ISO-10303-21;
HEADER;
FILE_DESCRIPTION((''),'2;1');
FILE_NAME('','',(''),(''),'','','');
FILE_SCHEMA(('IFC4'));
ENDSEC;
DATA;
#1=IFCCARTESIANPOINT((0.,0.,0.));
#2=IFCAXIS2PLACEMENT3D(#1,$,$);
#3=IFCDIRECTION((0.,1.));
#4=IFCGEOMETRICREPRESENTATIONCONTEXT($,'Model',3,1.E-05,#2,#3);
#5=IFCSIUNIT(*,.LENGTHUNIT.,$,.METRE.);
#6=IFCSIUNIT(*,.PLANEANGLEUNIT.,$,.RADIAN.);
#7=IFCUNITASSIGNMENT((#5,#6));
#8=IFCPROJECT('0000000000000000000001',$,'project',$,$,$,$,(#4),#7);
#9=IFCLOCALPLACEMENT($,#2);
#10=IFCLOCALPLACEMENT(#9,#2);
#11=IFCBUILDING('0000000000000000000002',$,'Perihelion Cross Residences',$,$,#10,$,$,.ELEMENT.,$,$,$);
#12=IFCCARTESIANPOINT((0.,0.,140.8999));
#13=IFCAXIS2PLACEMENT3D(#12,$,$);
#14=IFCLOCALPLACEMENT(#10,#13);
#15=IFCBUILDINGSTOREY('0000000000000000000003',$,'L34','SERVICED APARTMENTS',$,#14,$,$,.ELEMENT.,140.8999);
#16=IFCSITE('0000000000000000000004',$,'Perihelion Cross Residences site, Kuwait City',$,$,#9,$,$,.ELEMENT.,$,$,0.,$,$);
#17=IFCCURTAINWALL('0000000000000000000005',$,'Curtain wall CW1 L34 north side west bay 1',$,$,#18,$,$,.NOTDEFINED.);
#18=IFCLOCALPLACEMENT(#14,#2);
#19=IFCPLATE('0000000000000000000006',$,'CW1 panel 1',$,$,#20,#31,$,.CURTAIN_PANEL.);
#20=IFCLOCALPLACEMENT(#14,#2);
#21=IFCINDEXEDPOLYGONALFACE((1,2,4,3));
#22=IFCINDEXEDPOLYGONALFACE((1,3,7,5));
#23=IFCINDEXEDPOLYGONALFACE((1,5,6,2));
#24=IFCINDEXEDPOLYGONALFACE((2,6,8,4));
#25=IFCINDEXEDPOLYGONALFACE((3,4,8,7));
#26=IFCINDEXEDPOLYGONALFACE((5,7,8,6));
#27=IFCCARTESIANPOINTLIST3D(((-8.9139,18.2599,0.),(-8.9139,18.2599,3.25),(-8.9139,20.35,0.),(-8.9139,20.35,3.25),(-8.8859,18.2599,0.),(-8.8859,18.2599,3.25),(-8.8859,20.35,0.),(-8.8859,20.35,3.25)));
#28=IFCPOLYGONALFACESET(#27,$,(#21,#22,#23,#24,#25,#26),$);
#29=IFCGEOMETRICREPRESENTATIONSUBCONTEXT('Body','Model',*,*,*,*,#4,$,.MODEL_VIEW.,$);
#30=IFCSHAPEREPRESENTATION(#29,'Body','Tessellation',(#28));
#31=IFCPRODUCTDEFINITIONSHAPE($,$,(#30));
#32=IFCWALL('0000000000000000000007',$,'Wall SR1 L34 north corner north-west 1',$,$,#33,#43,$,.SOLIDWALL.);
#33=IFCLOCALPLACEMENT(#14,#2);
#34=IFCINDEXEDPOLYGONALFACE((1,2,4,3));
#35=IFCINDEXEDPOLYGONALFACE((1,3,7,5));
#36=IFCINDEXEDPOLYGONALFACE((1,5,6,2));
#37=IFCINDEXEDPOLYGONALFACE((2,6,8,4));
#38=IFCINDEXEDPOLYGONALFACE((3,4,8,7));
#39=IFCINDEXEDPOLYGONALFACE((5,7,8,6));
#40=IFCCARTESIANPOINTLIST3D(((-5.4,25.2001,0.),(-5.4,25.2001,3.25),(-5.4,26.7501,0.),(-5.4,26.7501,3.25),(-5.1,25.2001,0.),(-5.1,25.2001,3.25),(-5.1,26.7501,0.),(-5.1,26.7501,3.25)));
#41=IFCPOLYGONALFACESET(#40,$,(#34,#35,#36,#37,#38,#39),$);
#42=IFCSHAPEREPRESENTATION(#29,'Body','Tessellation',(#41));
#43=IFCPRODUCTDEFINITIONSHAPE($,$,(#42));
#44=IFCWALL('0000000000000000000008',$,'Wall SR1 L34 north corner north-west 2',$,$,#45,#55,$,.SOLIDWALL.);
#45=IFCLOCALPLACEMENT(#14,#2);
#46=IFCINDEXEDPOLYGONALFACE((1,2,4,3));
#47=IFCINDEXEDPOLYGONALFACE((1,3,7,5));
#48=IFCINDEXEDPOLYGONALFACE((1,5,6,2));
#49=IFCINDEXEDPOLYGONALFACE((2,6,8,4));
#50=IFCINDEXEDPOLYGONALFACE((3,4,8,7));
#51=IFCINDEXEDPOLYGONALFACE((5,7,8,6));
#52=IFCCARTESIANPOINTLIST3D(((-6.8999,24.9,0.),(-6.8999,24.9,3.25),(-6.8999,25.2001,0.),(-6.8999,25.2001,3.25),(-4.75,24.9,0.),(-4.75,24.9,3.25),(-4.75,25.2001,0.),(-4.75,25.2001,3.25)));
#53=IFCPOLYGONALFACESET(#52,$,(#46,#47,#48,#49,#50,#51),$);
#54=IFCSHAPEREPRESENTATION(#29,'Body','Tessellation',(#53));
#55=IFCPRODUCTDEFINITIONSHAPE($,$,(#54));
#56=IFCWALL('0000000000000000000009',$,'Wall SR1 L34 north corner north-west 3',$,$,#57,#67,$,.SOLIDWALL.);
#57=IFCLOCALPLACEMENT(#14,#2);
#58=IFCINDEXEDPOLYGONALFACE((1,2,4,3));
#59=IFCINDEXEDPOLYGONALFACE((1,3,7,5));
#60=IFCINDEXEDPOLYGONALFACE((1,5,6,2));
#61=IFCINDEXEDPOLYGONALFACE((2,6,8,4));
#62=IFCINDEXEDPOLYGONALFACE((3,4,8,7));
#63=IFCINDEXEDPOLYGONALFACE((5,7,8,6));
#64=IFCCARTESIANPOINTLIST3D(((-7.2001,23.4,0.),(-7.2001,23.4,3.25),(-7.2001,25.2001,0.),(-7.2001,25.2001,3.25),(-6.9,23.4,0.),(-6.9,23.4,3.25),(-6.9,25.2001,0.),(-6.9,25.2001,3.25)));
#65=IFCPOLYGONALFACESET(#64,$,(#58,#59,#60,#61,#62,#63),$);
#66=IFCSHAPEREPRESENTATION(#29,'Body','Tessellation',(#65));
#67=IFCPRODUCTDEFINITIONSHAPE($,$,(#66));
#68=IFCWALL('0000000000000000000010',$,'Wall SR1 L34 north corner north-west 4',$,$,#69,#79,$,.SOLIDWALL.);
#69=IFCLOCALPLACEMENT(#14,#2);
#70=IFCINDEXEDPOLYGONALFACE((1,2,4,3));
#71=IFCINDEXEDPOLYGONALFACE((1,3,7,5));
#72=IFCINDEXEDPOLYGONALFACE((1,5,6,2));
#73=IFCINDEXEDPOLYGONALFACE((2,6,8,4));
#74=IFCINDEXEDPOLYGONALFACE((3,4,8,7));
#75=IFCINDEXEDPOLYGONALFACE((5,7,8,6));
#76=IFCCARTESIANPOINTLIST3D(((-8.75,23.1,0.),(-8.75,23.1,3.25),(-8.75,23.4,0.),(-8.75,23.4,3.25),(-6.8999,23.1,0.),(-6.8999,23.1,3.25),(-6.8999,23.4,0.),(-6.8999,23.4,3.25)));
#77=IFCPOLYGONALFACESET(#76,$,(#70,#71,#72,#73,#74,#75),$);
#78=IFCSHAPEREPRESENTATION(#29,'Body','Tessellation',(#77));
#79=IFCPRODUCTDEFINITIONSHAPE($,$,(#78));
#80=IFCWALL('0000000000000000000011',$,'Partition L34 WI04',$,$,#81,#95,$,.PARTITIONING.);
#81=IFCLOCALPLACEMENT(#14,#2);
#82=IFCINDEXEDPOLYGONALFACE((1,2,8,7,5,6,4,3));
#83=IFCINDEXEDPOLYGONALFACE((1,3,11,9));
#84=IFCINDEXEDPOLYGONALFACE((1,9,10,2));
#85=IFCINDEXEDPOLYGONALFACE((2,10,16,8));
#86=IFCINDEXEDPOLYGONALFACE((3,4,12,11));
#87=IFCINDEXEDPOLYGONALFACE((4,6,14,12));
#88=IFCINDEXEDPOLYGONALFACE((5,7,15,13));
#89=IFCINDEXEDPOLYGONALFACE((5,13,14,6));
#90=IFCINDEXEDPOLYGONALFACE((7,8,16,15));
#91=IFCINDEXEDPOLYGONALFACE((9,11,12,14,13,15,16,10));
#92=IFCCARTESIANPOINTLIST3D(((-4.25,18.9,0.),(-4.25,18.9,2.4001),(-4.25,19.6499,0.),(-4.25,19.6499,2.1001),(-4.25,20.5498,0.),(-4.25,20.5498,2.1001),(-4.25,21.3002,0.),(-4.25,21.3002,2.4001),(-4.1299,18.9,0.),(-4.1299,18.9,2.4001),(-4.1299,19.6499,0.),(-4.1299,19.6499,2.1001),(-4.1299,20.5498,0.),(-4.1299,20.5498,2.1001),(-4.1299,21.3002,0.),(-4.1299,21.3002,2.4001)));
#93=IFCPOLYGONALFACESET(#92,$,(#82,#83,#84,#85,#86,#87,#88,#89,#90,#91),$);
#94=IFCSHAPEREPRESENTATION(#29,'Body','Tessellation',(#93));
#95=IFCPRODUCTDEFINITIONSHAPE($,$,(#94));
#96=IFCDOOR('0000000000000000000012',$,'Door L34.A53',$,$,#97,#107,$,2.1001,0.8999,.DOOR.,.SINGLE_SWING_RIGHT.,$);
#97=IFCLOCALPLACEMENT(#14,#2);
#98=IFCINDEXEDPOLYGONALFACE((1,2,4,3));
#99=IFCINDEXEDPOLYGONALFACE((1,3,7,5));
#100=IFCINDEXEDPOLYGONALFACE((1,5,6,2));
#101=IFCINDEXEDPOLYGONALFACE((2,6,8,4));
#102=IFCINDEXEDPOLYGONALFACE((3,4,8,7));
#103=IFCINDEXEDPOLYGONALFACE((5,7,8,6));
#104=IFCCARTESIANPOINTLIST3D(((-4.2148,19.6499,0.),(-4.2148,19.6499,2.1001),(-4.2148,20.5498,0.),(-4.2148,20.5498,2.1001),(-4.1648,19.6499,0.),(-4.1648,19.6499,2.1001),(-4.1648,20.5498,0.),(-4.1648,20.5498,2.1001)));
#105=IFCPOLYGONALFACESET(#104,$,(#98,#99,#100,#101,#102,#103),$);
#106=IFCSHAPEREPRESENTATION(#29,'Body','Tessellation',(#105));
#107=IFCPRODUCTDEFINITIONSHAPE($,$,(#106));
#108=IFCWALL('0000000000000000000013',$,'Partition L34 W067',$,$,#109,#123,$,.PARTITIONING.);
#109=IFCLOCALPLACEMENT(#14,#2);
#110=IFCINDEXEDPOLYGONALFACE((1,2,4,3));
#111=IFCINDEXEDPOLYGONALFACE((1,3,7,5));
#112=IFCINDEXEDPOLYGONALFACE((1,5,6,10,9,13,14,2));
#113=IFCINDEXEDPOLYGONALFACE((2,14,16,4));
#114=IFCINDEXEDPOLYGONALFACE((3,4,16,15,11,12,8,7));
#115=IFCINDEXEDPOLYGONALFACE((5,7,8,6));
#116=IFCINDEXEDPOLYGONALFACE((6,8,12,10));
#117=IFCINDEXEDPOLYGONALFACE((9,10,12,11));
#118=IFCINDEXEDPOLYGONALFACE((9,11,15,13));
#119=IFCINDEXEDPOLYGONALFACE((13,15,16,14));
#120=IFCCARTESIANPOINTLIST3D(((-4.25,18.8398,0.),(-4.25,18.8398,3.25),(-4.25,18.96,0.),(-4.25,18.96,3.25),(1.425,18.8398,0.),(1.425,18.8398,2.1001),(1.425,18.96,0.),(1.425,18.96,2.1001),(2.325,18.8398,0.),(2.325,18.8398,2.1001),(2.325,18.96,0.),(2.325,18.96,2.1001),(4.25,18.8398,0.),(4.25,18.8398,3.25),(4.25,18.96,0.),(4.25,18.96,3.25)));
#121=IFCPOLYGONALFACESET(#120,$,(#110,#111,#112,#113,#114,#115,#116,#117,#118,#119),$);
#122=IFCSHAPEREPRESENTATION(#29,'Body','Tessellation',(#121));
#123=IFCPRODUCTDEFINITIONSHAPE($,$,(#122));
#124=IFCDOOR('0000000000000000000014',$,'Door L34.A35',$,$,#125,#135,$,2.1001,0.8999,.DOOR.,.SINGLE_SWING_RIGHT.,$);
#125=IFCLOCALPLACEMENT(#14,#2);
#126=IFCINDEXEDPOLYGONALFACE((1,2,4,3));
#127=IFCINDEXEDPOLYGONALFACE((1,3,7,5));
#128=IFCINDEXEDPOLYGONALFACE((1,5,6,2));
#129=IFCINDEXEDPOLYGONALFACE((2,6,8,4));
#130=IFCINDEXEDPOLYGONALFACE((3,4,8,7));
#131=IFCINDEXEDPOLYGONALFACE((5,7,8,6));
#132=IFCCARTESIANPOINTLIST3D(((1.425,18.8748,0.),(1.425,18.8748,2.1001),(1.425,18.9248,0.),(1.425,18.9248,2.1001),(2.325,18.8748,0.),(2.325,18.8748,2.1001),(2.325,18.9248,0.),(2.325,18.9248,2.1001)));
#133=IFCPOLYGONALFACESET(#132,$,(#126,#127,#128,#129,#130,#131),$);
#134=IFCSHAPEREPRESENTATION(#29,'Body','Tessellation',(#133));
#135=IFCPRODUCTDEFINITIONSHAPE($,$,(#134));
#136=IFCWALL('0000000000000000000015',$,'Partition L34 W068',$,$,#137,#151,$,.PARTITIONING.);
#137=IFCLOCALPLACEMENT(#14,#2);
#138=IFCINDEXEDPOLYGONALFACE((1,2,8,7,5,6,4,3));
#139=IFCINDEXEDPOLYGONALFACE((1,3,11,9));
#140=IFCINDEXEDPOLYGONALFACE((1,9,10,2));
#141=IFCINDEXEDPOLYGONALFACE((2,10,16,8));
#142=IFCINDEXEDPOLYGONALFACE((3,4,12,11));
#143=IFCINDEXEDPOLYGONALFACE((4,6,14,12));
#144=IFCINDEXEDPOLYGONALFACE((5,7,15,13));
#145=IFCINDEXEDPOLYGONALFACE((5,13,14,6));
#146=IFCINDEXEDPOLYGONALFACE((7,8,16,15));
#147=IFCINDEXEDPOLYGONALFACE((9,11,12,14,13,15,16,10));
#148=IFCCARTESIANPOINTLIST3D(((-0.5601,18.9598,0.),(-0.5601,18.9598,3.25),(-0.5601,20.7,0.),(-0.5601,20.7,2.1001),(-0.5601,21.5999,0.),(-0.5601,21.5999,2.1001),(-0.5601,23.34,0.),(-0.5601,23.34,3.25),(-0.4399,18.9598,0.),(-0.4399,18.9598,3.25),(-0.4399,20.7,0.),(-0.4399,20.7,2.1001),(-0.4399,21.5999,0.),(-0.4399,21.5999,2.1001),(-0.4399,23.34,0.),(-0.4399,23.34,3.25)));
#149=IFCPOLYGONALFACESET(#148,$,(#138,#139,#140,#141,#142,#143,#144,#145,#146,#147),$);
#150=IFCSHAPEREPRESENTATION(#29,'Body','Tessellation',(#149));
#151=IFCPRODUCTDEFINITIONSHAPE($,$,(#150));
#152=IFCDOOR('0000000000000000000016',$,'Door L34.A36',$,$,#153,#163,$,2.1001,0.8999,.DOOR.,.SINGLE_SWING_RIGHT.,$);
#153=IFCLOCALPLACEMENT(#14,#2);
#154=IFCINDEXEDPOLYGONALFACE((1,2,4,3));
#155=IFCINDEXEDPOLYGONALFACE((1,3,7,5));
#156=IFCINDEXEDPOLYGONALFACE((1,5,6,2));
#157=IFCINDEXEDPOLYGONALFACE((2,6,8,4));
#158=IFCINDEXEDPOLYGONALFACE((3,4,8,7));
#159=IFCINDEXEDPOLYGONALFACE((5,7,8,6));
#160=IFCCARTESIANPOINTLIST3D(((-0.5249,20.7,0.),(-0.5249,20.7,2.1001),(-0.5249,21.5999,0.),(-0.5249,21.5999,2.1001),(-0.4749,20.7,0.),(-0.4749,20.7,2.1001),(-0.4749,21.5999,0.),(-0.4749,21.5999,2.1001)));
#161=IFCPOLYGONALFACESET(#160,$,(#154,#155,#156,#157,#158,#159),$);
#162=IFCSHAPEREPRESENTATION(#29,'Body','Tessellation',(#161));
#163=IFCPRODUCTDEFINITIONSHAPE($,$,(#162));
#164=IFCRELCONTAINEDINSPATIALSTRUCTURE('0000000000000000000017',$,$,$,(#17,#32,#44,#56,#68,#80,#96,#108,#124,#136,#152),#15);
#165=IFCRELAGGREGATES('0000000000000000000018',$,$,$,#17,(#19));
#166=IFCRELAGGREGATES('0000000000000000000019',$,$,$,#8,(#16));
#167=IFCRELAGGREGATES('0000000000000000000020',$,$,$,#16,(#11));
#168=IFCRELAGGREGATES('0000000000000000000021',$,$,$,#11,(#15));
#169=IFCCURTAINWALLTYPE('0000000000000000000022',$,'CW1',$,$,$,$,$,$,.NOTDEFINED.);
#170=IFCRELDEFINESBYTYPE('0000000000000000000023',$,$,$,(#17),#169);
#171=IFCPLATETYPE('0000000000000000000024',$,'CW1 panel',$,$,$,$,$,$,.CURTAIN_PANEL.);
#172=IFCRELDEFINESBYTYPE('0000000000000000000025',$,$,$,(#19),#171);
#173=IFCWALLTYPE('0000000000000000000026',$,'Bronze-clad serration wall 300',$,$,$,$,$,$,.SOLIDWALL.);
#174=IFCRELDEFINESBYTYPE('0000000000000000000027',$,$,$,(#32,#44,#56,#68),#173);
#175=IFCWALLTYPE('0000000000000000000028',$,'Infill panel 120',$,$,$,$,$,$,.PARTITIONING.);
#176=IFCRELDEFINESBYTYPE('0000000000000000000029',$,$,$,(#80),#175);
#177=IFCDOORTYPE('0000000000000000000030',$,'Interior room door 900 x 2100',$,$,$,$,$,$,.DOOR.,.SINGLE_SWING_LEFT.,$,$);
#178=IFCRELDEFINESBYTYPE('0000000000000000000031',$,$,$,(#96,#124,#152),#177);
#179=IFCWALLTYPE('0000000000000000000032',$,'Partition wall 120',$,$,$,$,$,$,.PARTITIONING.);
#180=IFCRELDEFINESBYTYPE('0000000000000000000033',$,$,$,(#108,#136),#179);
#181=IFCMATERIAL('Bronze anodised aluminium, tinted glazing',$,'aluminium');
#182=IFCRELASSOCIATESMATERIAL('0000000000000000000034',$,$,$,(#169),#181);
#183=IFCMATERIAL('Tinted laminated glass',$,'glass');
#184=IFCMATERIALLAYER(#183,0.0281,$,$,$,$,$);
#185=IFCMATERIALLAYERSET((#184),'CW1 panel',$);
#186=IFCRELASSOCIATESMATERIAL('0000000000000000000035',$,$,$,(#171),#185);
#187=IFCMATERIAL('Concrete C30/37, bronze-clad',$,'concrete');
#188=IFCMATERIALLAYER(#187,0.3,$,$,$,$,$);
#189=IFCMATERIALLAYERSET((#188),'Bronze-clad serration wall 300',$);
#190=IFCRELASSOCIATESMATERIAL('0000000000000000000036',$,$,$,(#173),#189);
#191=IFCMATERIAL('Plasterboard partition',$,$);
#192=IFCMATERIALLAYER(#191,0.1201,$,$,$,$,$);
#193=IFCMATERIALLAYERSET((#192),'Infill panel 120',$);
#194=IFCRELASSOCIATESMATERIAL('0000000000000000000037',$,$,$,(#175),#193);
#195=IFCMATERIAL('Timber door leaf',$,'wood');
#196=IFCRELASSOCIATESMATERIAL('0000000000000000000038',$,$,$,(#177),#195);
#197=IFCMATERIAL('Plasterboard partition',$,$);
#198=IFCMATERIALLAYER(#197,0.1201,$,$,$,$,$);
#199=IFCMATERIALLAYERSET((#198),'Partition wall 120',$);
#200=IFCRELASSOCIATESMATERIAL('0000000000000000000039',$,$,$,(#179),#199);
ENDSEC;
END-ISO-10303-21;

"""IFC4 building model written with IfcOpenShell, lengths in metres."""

from ifc_helpers import new_model, si_unit, direction, frame, frame_2d, origin, origin_2d, place, context, subcontext, project, spatial, rectangle, extrude, material, layer, layer_set, type_object, element, fill, aggregate, save


model = new_model("IFC4")

# Units and contexts
model_context = context("Model", 3, precision=1e-05, world=origin(), true_north=direction((0.0, 1.0)))
body_context = subcontext(model_context, "Body", "Model", "MODEL_VIEW")
ifc_project = project(units=[si_unit("LENGTHUNIT", "METRE"), si_unit("PLANEANGLEUNIT", "RADIAN")], contexts=[model_context])

# Site, building, storey
site_placement = place(None, origin())
site = spatial("IfcSite", under=ifc_project, at=site_placement, Name="Perihelion Cross Residences site, Kuwait City", CompositionType="ELEMENT", RefElevation=0.0)
building_placement = place(site_placement, origin())
building = spatial("IfcBuilding", under=site, at=building_placement, Name="Perihelion Cross Residences", CompositionType="ELEMENT")
storey_placement = place(building_placement, frame((0.0, 0.0, 140.8999)))
storey = spatial("IfcBuildingStorey", under=building, at=storey_placement, Name="L34", Description="SERVICED APARTMENTS", CompositionType="ELEMENT", Elevation=140.8999)

# Curtain wall
ifc_material_1 = material(Name="Bronze anodised aluminium, tinted glazing", Category="aluminium")
curtain_wall_type = type_object("IfcCurtainWallType", Name="CW1", PredefinedType="NOTDEFINED", material=ifc_material_1)
curtain_wall_1_placement = place(storey_placement, origin())
curtain_wall_1 = element("IfcCurtainWall", 1, at=curtain_wall_1_placement, inside=storey, type_object=curtain_wall_type, Name="Curtain wall CW1 L34 north side west bay 1", PredefinedType="NOTDEFINED")

# Plate
ifc_material_2 = material(Name="Tinted laminated glass", Category="glass")
ifc_layer_1 = layer(ifc_material_2, 0.0281)
ifc_layer_set_1 = layer_set([ifc_layer_1], Name="CW1 panel")
plate_type = type_object("IfcPlateType", Name="CW1 panel", PredefinedType="CURTAIN_PANEL", material=ifc_layer_set_1)
plate_1_placement = place(storey_placement, frame((-8.8999, 19.3049, 0.0), z_axis=(0.0, 0.0, 1.0), x_axis=(0.0, -1.0, 0.0)))
plate_1 = element("IfcPlate", 2, at=plate_1_placement, type_object=plate_type, Name="CW1 panel 1", PredefinedType="CURTAIN_PANEL", context=body_context, shape_type="SweptSolid", body=[
    extrude(rectangle(XDim=2.0901, YDim=0.0281, at=origin_2d()), origin(), (0.0, 0.0, 1.0), 3.25),
])
aggregate(curtain_wall_1, [plate_1])

# Walls
ifc_material_3 = material(Name="Concrete C30/37, bronze-clad", Category="concrete")
ifc_layer_2 = layer(ifc_material_3, 0.3)
ifc_layer_set_2 = layer_set([ifc_layer_2], Name="Bronze-clad serration wall 300")
wall_type_1 = type_object("IfcWallType", Name="Bronze-clad serration wall 300", PredefinedType="SOLIDWALL", material=ifc_layer_set_2)
wall_1_placement = place(storey_placement, frame((-5.25, 26.75, 0.0), z_axis=(0.0, 0.0, 1.0), x_axis=(0.0, -1.0, 0.0)))
element("IfcWall", 3, at=wall_1_placement, inside=storey, type_object=wall_type_1, Name="Wall SR1 L34 north corner north-west 1", PredefinedType="SOLIDWALL", context=body_context, shape_type="SweptSolid", body=[
    extrude(rectangle(XDim=1.55, YDim=0.3, at=frame_2d((0.7749, 0.0))), origin(), (0.0, 0.0, 1.0), 3.25),
])
wall_2_placement = place(storey_placement, frame((-4.75, 25.05, 0.0), z_axis=(0.0, 0.0, 1.0), x_axis=(-1.0, 0.0, 0.0)))
element("IfcWall", 4, at=wall_2_placement, inside=storey, type_object=wall_type_1, Name="Wall SR1 L34 north corner north-west 2", PredefinedType="SOLIDWALL", context=body_context, shape_type="SweptSolid", body=[
    extrude(rectangle(XDim=2.1499, YDim=0.3, at=frame_2d((1.075, 0.0))), origin(), (0.0, 0.0, 1.0), 3.25),
])
wall_3_placement = place(storey_placement, frame((-7.05, 25.2, 0.0), z_axis=(0.0, 0.0, 1.0), x_axis=(0.0, -1.0, 0.0)))
element("IfcWall", 5, at=wall_3_placement, inside=storey, type_object=wall_type_1, Name="Wall SR1 L34 north corner north-west 3", PredefinedType="SOLIDWALL", context=body_context, shape_type="SweptSolid", body=[
    extrude(rectangle(XDim=1.8, YDim=0.3, at=frame_2d((0.8999, 0.0))), origin(), (0.0, 0.0, 1.0), 3.25),
])
wall_4_placement = place(storey_placement, frame((-6.8999, 23.25, 0.0), z_axis=(0.0, 0.0, 1.0), x_axis=(-1.0, 0.0, 0.0)))
element("IfcWall", 6, at=wall_4_placement, inside=storey, type_object=wall_type_1, Name="Wall SR1 L34 north corner north-west 4", PredefinedType="SOLIDWALL", context=body_context, shape_type="SweptSolid", body=[
    extrude(rectangle(XDim=1.8501, YDim=0.3, at=frame_2d((0.925, 0.0))), origin(), (0.0, 0.0, 1.0), 3.25),
])

# Walls, openings, doors
ifc_material_4 = material(Name="Plasterboard partition")
ifc_layer_3 = layer(ifc_material_4, 0.1201)
ifc_layer_set_3 = layer_set([ifc_layer_3], Name="Infill panel 120")
wall_type_2 = type_object("IfcWallType", Name="Infill panel 120", PredefinedType="PARTITIONING", material=ifc_layer_set_3)
wall_5_placement = place(storey_placement, frame((-4.1899, 18.8999, 0.0), z_axis=(0.0, 0.0, 1.0), x_axis=(0.0, 1.0, 0.0)))
wall_5 = element("IfcWall", 7, at=wall_5_placement, inside=storey, type_object=wall_type_2, Name="Partition L34 WI04", PredefinedType="PARTITIONING", context=body_context, shape_type="SweptSolid", body=[
    extrude(rectangle(XDim=2.4001, YDim=0.1201, at=frame_2d((1.2002, 0.0))), origin(), (0.0, 0.0, 1.0), 2.4001),
])
opening_1_placement = place(wall_5_placement, frame((0.75, 0.0, 0.0)))
opening_1 = element("IfcOpeningElement", 8, at=opening_1_placement, cuts=wall_5, PredefinedType="OPENING", context=body_context, shape_type="SweptSolid", body=[
    extrude(rectangle(XDim=0.8999, YDim=2.1001, at=frame_2d((0.45, 1.05))), frame((0.0, 0.0701, 0.0), z_axis=(0.0, -1.0, 0.0), x_axis=(1.0, 0.0, 0.0)), (0.0, 0.0, 1.0), 0.1401),
])
ifc_material_5 = material(Name="Timber door leaf", Category="wood")
door_type_1 = type_object("IfcDoorType", Name="Interior room door 900 x 2100", OperationType="SINGLE_SWING_LEFT", PredefinedType="DOOR", material=ifc_material_5)
door_1_placement = place(opening_1_placement, origin())
door_1 = element("IfcDoor", 9, at=door_1_placement, inside=storey, type_object=door_type_1, Name="Door L34.A53", OperationType="SINGLE_SWING_RIGHT", OverallHeight=2.1001, OverallWidth=0.8999, PredefinedType="DOOR", context=body_context, shape_type="SweptSolid", body=[
    extrude(rectangle(XDim=0.8999, YDim=2.1001, at=frame_2d((0.45, 1.05))), frame((0.0, 0.0249, 0.0), z_axis=(0.0, -1.0, 0.0), x_axis=(1.0, 0.0, 0.0)), (0.0, 0.0, 1.0), 0.05),
])
fill(opening_1, door_1)
ifc_material_6 = material(Name="Plasterboard partition")
ifc_layer_4 = layer(ifc_material_6, 0.1201)
ifc_layer_set_4 = layer_set([ifc_layer_4], Name="Partition wall 120")
wall_type_3 = type_object("IfcWallType", Name="Partition wall 120", PredefinedType="PARTITIONING", material=ifc_layer_set_4)
wall_6_placement = place(storey_placement, frame((-4.25, 18.8999, 0.0), z_axis=(0.0, 0.0, 1.0), x_axis=(1.0, 0.0, 0.0)))
wall_6 = element("IfcWall", 10, at=wall_6_placement, inside=storey, type_object=wall_type_3, Name="Partition L34 W067", PredefinedType="PARTITIONING", context=body_context, shape_type="SweptSolid", body=[
    extrude(rectangle(XDim=8.5, YDim=0.1201, at=frame_2d((4.25, 0.0))), origin(), (0.0, 0.0, 1.0), 3.25),
])
opening_2_placement = place(wall_6_placement, frame((5.675, 0.0, 0.0)))
opening_2 = element("IfcOpeningElement", 11, at=opening_2_placement, cuts=wall_6, PredefinedType="OPENING", context=body_context, shape_type="SweptSolid", body=[
    extrude(rectangle(XDim=0.8999, YDim=2.1001, at=frame_2d((0.45, 1.05))), frame((0.0, 0.0701, 0.0), z_axis=(0.0, -1.0, 0.0), x_axis=(1.0, 0.0, 0.0)), (0.0, 0.0, 1.0), 0.1401),
])
door_2_placement = place(opening_2_placement, origin())
door_2 = element("IfcDoor", 12, at=door_2_placement, inside=storey, type_object=door_type_1, Name="Door L34.A35", OperationType="SINGLE_SWING_RIGHT", OverallHeight=2.1001, OverallWidth=0.8999, PredefinedType="DOOR", context=body_context, shape_type="SweptSolid", body=[
    extrude(rectangle(XDim=0.8999, YDim=2.1001, at=frame_2d((0.45, 1.05))), frame((0.0, 0.0249, 0.0), z_axis=(0.0, -1.0, 0.0), x_axis=(1.0, 0.0, 0.0)), (0.0, 0.0, 1.0), 0.05),
])
fill(opening_2, door_2)
wall_7_placement = place(storey_placement, frame((-0.5, 18.96, 0.0), z_axis=(0.0, 0.0, 1.0), x_axis=(0.0, 1.0, 0.0)))
wall_7 = element("IfcWall", 13, at=wall_7_placement, inside=storey, type_object=wall_type_3, Name="Partition L34 W068", PredefinedType="PARTITIONING", context=body_context, shape_type="SweptSolid", body=[
    extrude(rectangle(XDim=4.3801, YDim=0.1201, at=frame_2d((2.1899, 0.0))), origin(), (0.0, 0.0, 1.0), 3.25),
])
opening_3_placement = place(wall_7_placement, frame((1.74, 0.0, 0.0)))
opening_3 = element("IfcOpeningElement", 14, at=opening_3_placement, cuts=wall_7, PredefinedType="OPENING", context=body_context, shape_type="SweptSolid", body=[
    extrude(rectangle(XDim=0.8999, YDim=2.1001, at=frame_2d((0.45, 1.05))), frame((0.0, 0.0701, 0.0), z_axis=(0.0, -1.0, 0.0), x_axis=(1.0, 0.0, 0.0)), (0.0, 0.0, 1.0), 0.1401),
])
door_3_placement = place(opening_3_placement, origin())
door_3 = element("IfcDoor", 15, at=door_3_placement, inside=storey, type_object=door_type_1, Name="Door L34.A36", OperationType="SINGLE_SWING_RIGHT", OverallHeight=2.1001, OverallWidth=0.8999, PredefinedType="DOOR", context=body_context, shape_type="SweptSolid", body=[
    extrude(rectangle(XDim=0.8999, YDim=2.1001, at=frame_2d((0.45, 1.05))), frame((0.0, 0.0249, 0.0), z_axis=(0.0, -1.0, 0.0), x_axis=(1.0, 0.0, 0.0)), (0.0, 0.0, 1.0), 0.05),
])
fill(opening_3, door_3)

save(model, "model.ifc")
